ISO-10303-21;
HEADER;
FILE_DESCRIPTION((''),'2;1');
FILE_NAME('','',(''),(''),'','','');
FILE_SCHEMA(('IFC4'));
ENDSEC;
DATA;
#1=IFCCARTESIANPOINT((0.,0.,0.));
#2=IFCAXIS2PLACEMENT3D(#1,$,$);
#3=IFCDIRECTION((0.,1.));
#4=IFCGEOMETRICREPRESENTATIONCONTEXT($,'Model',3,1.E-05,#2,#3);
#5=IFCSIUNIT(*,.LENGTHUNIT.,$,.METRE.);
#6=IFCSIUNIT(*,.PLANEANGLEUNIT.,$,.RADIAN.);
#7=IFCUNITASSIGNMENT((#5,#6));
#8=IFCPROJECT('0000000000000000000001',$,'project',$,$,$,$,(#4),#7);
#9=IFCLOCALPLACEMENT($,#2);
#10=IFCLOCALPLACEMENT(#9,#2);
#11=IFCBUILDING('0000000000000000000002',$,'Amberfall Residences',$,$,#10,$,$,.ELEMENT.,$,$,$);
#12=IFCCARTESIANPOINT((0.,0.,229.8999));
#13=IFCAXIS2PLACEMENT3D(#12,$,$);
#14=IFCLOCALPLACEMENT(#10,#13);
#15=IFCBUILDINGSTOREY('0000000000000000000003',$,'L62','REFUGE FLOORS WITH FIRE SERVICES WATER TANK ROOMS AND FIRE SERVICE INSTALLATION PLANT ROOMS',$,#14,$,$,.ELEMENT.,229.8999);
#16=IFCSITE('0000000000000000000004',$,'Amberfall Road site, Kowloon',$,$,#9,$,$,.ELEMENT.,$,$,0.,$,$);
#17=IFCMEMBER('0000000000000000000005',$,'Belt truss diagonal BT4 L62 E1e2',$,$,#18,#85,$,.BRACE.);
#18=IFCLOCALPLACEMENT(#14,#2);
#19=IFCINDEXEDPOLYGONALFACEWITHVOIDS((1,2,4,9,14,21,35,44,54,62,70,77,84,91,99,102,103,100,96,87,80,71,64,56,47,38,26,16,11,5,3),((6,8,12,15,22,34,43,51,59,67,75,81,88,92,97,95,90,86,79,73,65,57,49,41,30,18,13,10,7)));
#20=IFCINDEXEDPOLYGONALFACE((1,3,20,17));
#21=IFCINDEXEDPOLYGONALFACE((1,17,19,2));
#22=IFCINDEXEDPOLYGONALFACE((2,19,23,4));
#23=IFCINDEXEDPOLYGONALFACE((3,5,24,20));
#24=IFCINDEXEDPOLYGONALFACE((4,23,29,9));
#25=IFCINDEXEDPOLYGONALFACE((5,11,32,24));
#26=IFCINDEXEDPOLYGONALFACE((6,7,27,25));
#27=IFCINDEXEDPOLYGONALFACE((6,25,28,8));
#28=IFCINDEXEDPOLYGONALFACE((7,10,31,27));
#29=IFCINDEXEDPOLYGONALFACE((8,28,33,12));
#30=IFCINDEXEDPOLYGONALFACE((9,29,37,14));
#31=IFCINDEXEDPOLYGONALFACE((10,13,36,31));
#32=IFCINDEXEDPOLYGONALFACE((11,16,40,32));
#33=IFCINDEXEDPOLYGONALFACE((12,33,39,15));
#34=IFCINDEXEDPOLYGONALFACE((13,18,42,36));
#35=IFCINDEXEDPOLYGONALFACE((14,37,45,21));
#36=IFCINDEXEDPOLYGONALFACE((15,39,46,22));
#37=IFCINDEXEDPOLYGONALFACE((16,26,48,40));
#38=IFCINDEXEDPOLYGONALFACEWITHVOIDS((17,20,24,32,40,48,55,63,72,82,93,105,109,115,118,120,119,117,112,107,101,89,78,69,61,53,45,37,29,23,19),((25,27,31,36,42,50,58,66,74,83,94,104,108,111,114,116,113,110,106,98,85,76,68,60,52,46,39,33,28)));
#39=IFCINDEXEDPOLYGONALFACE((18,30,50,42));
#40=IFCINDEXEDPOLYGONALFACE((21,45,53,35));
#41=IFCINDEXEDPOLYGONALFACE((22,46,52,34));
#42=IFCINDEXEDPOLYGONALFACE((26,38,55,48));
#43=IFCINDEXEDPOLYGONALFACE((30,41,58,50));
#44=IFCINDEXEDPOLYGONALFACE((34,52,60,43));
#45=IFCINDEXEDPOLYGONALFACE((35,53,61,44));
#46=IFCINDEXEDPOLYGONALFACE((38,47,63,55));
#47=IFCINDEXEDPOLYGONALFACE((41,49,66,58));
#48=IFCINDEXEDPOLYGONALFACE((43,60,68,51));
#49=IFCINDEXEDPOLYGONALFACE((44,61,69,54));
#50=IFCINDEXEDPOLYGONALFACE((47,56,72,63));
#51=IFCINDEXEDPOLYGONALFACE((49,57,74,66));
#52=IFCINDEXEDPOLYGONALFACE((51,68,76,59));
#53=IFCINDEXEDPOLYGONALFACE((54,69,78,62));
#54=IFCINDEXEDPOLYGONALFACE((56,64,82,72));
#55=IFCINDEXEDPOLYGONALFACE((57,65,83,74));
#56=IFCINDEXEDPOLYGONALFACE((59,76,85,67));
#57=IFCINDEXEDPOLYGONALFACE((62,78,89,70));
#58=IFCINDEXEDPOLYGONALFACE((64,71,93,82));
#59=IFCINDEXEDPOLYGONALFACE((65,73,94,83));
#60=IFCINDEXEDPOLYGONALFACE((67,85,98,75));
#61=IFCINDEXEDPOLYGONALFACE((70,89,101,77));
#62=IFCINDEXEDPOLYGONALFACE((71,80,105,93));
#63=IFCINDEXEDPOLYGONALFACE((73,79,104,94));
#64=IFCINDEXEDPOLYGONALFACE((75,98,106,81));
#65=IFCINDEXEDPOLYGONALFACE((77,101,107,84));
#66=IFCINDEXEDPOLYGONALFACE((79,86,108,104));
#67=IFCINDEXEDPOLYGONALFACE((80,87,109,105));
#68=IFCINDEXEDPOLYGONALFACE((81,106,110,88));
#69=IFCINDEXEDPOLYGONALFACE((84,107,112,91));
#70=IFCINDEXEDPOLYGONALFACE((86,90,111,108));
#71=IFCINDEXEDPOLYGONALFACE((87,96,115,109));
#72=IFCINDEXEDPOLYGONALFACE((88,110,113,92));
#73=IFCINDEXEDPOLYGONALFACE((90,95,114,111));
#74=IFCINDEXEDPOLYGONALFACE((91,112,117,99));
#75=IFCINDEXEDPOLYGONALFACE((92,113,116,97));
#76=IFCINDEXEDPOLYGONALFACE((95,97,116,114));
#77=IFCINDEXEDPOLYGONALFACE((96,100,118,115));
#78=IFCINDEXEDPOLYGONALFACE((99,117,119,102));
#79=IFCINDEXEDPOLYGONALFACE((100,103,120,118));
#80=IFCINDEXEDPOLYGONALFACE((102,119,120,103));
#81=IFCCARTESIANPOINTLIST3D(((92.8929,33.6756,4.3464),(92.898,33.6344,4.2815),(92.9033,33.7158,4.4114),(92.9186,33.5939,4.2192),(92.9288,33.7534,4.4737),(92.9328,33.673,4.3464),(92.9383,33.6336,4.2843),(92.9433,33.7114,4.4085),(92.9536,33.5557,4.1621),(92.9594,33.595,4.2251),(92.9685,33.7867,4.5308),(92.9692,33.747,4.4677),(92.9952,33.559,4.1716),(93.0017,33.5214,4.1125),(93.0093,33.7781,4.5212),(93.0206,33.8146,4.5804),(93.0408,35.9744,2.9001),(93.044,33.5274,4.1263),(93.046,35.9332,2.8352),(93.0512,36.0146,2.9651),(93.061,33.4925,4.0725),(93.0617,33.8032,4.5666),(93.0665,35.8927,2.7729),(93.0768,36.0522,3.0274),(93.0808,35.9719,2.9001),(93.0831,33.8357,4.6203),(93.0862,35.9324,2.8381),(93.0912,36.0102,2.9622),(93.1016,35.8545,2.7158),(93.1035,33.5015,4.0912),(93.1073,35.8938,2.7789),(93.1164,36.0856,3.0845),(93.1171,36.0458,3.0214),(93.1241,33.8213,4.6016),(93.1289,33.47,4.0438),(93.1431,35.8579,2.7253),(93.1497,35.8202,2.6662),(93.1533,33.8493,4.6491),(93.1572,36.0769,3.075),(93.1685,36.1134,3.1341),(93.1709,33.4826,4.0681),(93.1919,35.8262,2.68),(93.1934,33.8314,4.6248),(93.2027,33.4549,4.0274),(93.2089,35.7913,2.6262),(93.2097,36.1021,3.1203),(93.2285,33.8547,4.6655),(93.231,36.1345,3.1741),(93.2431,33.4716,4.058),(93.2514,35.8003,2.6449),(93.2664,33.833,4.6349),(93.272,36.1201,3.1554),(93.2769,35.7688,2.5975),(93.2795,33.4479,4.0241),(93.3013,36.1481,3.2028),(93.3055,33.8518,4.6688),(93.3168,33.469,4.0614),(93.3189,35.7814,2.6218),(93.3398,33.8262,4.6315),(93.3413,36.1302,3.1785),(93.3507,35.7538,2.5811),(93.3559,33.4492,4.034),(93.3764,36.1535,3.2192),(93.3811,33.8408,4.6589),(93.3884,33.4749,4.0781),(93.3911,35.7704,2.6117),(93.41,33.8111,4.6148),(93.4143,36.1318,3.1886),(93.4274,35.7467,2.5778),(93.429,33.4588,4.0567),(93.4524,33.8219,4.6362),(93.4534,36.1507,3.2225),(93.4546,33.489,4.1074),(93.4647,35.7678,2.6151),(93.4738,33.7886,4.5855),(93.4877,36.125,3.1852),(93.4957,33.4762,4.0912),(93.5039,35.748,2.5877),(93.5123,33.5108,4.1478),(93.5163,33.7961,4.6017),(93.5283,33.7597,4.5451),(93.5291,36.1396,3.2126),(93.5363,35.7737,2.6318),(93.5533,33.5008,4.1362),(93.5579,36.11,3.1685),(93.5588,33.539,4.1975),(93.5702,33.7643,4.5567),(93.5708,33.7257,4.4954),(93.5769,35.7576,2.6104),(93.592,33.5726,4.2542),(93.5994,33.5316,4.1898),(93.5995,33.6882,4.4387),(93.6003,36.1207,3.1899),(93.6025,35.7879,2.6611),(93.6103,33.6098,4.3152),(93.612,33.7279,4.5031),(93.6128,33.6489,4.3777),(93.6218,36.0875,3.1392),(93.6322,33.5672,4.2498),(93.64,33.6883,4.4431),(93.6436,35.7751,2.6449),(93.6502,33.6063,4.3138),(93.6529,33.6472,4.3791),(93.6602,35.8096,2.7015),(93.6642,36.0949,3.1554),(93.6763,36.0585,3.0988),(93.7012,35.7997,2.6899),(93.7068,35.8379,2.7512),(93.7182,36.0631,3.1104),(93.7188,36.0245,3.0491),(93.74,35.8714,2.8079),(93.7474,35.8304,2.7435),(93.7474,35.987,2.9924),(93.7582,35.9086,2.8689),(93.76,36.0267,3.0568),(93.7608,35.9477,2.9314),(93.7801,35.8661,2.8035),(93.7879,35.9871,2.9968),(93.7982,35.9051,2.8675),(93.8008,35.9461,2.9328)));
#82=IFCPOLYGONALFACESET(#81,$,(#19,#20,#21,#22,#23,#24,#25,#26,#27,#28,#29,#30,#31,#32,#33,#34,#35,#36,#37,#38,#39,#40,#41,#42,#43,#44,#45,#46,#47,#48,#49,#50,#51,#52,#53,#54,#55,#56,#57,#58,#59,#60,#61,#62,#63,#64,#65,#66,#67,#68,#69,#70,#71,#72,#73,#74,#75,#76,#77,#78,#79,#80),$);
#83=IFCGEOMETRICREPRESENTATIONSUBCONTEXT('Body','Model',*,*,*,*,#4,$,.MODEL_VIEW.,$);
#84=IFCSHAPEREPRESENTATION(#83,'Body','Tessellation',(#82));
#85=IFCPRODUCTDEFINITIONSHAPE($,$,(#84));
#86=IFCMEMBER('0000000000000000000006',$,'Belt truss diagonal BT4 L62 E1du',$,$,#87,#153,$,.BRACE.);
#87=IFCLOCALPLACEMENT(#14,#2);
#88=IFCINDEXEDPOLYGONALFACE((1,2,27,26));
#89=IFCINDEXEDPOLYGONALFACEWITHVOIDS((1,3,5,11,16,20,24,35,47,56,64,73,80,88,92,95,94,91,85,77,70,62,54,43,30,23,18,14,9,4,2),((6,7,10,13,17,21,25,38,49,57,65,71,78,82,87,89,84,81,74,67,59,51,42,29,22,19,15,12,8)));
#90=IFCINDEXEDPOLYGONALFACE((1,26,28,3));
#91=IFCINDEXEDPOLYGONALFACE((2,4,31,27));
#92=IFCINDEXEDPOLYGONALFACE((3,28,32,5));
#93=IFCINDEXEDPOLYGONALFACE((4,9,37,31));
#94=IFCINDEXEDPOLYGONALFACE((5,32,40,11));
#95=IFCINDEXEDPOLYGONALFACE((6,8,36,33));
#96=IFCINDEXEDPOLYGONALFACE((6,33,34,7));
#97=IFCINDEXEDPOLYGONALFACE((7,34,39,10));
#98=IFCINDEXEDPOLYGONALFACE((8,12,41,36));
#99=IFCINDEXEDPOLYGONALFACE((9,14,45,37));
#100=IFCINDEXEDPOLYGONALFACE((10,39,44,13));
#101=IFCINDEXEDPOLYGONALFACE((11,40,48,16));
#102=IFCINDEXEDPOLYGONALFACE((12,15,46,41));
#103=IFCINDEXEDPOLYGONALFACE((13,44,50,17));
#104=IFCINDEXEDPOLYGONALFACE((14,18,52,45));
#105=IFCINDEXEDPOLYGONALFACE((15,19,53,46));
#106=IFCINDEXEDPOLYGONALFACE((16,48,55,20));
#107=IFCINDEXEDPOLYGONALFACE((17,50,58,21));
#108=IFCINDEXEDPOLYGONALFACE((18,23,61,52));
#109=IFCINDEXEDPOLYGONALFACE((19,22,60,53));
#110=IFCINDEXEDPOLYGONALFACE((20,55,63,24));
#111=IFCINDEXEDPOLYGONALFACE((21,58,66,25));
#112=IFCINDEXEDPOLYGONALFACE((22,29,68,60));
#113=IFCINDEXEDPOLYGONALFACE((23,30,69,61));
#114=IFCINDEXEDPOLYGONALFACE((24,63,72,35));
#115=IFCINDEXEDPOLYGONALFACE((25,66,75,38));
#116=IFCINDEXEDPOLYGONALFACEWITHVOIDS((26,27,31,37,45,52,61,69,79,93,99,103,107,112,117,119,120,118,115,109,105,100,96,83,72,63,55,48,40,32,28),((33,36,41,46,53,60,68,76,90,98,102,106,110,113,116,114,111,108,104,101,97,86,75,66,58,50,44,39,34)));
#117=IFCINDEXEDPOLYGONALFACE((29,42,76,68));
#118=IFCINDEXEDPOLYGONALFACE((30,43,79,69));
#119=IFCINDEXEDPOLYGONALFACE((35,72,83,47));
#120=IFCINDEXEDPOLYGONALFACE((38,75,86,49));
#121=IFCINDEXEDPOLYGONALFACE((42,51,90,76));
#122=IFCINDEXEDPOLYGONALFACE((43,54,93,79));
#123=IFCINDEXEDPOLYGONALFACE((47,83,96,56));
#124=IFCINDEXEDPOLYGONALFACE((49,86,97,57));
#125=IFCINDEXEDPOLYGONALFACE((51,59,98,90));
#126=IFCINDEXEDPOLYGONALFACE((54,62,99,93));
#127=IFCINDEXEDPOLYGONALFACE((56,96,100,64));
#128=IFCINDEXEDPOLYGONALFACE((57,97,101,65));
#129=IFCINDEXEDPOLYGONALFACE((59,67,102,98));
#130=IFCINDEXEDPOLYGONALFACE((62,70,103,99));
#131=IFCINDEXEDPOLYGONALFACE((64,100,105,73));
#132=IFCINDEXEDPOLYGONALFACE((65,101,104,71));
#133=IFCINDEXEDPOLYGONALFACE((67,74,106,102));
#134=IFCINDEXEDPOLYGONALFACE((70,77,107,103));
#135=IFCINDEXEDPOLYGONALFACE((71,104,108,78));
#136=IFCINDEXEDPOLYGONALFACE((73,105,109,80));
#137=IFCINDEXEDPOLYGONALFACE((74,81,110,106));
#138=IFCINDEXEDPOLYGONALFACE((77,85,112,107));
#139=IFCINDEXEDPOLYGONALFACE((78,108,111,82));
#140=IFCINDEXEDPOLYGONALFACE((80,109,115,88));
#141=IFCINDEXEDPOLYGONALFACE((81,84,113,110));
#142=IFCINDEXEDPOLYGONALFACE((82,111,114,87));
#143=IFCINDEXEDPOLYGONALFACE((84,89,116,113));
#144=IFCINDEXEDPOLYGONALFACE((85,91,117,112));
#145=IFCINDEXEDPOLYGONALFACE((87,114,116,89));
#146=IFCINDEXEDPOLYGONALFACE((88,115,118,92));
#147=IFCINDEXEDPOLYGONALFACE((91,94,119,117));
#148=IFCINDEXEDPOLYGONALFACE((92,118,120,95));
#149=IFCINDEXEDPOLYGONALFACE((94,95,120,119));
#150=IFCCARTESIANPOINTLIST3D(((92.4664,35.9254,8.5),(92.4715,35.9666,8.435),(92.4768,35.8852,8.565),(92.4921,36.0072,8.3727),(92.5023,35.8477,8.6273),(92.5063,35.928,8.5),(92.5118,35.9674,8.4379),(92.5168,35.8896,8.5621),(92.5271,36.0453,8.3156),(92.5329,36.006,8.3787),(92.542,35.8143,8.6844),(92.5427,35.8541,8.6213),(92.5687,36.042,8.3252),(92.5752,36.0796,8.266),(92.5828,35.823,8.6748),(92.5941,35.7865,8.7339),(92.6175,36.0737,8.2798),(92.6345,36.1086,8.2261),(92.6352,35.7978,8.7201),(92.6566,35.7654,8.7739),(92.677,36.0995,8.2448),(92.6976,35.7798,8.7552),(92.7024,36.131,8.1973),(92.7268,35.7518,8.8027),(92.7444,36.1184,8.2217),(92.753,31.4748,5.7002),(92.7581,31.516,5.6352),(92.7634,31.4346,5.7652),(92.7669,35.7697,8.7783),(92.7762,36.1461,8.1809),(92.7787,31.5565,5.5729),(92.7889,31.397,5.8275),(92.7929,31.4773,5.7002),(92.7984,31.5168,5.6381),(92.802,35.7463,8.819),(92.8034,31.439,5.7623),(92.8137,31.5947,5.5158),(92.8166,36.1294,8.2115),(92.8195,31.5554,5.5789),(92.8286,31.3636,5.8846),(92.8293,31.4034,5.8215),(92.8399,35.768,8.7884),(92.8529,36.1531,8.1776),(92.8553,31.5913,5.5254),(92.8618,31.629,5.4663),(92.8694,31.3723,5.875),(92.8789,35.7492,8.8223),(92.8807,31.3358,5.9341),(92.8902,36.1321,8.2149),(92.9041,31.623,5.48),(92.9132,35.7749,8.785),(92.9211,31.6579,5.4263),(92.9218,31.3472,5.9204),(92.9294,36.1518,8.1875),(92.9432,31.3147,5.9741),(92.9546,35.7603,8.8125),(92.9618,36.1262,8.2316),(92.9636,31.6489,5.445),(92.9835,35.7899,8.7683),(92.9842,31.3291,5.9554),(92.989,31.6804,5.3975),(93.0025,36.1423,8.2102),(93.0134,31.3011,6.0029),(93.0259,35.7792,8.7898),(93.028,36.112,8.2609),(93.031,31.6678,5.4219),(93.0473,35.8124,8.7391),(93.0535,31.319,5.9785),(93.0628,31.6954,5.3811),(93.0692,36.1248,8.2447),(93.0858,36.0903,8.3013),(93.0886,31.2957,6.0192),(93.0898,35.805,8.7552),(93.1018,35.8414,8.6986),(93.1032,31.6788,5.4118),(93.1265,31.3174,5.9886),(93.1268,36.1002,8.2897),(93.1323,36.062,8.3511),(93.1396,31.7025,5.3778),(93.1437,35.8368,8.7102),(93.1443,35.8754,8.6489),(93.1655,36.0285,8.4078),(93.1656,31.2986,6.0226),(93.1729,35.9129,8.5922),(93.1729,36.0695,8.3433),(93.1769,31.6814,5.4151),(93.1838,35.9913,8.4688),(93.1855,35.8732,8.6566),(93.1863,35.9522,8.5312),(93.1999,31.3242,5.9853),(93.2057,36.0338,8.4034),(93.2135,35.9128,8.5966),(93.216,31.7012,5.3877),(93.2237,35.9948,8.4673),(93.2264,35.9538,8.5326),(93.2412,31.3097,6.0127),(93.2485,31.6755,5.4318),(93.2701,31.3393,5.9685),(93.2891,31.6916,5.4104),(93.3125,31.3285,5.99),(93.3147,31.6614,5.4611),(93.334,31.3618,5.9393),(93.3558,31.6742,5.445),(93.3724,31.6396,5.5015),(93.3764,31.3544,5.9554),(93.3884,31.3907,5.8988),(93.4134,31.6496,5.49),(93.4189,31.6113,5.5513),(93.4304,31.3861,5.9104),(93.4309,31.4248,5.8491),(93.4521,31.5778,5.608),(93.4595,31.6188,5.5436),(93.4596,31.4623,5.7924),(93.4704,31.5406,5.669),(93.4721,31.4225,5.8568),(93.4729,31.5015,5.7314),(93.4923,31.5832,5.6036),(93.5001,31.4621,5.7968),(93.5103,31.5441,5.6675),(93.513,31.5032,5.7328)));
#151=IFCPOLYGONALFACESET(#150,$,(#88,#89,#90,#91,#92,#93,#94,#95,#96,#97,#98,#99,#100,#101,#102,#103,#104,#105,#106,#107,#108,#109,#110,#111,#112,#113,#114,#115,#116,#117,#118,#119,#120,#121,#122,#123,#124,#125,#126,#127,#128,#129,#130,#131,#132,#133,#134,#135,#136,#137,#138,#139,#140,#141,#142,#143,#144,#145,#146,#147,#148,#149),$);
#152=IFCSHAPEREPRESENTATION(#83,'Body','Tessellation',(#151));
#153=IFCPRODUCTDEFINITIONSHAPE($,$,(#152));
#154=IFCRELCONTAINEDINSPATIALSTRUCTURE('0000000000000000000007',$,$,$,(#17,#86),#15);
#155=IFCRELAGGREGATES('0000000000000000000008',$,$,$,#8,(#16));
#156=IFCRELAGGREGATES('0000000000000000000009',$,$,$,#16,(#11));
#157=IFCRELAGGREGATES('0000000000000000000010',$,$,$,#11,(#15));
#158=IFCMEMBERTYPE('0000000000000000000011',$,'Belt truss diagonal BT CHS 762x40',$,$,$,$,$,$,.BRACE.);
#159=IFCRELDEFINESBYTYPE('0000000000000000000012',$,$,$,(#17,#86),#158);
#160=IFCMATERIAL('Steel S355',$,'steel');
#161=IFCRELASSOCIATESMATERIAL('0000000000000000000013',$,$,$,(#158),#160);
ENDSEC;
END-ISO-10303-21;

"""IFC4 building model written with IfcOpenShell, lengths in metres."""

from ifc_helpers import new_model, si_unit, direction, frame, origin, origin_2d, place, context, subcontext, project, spatial, hollow_circle, extrude, material, material_profile, profile_set, type_object, element, save


model = new_model("IFC4")

# Units and contexts
model_context = context("Model", 3, precision=1e-05, world=origin(), true_north=direction((0.0, 1.0)))
body_context = subcontext(model_context, "Body", "Model", "MODEL_VIEW")
ifc_project = project(units=[si_unit("LENGTHUNIT", "METRE"), si_unit("PLANEANGLEUNIT", "RADIAN")], contexts=[model_context])

# Site, building, storey
site_placement = place(None, origin())
site = spatial("IfcSite", under=ifc_project, at=site_placement, Name="Amberfall Road site, Kowloon", CompositionType="ELEMENT", RefElevation=0.0)
building_placement = place(site_placement, origin())
building = spatial("IfcBuilding", under=site, at=building_placement, Name="Amberfall Residences", CompositionType="ELEMENT")
storey_placement = place(building_placement, frame((0.0, 0.0, 229.8999)))
storey = spatial("IfcBuildingStorey", under=building, at=storey_placement, Name="L62", Description="REFUGE FLOORS WITH FIRE SERVICES WATER TANK ROOMS AND FIRE SERVICE INSTALLATION PLANT ROOMS", CompositionType="ELEMENT", Elevation=229.8999)

# Shared definitions
ifc_material_1 = material(Name="Steel S355", Category="steel")

# Members
ifc_material_profile_1 = material_profile(ifc_material_1, hollow_circle(Radius=0.3811, WallThickness=0.04, at=origin_2d()), Name="CHS 762x40")
ifc_profile_set_1 = profile_set([ifc_material_profile_1], Name="Steel S355")
member_type = type_object("IfcMemberType", Name="Belt truss diagonal BT CHS 762x40", PredefinedType="BRACE", material=ifc_profile_set_1)
member_1_placement = place(storey_placement, frame((93.2732, 33.6511, 4.3464), z_axis=(0.054394, 0.845166, -0.531729), x_axis=(-0.997935, 0.064226, 0.0)))
element("IfcMember", 1, at=member_1_placement, inside=storey, type_object=member_type, Name="Belt truss diagonal BT4 L62 E1e2", PredefinedType="BRACE", context=body_context, shape_type="SweptSolid", body=[
    extrude(hollow_circle(Radius=0.3811, WallThickness=0.04, at=origin_2d()), origin(), (0.0, 0.0, 1.0), 2.72),
])
member_2_placement = place(storey_placement, frame((93.1333, 31.4993, 5.7002), z_axis=(-0.05443, 0.84519, 0.531686), x_axis=(-0.997933, -0.064266, 0.0)))
element("IfcMember", 2, at=member_2_placement, inside=storey, type_object=member_type, Name="Belt truss diagonal BT4 L62 E1du", PredefinedType="BRACE", context=body_context, shape_type="SweptSolid", body=[
    extrude(hollow_circle(Radius=0.3811, WallThickness=0.04, at=origin_2d()), origin(), (0.0, 0.0, 1.0), 5.2659),
])

save(model, "model.ifc")
